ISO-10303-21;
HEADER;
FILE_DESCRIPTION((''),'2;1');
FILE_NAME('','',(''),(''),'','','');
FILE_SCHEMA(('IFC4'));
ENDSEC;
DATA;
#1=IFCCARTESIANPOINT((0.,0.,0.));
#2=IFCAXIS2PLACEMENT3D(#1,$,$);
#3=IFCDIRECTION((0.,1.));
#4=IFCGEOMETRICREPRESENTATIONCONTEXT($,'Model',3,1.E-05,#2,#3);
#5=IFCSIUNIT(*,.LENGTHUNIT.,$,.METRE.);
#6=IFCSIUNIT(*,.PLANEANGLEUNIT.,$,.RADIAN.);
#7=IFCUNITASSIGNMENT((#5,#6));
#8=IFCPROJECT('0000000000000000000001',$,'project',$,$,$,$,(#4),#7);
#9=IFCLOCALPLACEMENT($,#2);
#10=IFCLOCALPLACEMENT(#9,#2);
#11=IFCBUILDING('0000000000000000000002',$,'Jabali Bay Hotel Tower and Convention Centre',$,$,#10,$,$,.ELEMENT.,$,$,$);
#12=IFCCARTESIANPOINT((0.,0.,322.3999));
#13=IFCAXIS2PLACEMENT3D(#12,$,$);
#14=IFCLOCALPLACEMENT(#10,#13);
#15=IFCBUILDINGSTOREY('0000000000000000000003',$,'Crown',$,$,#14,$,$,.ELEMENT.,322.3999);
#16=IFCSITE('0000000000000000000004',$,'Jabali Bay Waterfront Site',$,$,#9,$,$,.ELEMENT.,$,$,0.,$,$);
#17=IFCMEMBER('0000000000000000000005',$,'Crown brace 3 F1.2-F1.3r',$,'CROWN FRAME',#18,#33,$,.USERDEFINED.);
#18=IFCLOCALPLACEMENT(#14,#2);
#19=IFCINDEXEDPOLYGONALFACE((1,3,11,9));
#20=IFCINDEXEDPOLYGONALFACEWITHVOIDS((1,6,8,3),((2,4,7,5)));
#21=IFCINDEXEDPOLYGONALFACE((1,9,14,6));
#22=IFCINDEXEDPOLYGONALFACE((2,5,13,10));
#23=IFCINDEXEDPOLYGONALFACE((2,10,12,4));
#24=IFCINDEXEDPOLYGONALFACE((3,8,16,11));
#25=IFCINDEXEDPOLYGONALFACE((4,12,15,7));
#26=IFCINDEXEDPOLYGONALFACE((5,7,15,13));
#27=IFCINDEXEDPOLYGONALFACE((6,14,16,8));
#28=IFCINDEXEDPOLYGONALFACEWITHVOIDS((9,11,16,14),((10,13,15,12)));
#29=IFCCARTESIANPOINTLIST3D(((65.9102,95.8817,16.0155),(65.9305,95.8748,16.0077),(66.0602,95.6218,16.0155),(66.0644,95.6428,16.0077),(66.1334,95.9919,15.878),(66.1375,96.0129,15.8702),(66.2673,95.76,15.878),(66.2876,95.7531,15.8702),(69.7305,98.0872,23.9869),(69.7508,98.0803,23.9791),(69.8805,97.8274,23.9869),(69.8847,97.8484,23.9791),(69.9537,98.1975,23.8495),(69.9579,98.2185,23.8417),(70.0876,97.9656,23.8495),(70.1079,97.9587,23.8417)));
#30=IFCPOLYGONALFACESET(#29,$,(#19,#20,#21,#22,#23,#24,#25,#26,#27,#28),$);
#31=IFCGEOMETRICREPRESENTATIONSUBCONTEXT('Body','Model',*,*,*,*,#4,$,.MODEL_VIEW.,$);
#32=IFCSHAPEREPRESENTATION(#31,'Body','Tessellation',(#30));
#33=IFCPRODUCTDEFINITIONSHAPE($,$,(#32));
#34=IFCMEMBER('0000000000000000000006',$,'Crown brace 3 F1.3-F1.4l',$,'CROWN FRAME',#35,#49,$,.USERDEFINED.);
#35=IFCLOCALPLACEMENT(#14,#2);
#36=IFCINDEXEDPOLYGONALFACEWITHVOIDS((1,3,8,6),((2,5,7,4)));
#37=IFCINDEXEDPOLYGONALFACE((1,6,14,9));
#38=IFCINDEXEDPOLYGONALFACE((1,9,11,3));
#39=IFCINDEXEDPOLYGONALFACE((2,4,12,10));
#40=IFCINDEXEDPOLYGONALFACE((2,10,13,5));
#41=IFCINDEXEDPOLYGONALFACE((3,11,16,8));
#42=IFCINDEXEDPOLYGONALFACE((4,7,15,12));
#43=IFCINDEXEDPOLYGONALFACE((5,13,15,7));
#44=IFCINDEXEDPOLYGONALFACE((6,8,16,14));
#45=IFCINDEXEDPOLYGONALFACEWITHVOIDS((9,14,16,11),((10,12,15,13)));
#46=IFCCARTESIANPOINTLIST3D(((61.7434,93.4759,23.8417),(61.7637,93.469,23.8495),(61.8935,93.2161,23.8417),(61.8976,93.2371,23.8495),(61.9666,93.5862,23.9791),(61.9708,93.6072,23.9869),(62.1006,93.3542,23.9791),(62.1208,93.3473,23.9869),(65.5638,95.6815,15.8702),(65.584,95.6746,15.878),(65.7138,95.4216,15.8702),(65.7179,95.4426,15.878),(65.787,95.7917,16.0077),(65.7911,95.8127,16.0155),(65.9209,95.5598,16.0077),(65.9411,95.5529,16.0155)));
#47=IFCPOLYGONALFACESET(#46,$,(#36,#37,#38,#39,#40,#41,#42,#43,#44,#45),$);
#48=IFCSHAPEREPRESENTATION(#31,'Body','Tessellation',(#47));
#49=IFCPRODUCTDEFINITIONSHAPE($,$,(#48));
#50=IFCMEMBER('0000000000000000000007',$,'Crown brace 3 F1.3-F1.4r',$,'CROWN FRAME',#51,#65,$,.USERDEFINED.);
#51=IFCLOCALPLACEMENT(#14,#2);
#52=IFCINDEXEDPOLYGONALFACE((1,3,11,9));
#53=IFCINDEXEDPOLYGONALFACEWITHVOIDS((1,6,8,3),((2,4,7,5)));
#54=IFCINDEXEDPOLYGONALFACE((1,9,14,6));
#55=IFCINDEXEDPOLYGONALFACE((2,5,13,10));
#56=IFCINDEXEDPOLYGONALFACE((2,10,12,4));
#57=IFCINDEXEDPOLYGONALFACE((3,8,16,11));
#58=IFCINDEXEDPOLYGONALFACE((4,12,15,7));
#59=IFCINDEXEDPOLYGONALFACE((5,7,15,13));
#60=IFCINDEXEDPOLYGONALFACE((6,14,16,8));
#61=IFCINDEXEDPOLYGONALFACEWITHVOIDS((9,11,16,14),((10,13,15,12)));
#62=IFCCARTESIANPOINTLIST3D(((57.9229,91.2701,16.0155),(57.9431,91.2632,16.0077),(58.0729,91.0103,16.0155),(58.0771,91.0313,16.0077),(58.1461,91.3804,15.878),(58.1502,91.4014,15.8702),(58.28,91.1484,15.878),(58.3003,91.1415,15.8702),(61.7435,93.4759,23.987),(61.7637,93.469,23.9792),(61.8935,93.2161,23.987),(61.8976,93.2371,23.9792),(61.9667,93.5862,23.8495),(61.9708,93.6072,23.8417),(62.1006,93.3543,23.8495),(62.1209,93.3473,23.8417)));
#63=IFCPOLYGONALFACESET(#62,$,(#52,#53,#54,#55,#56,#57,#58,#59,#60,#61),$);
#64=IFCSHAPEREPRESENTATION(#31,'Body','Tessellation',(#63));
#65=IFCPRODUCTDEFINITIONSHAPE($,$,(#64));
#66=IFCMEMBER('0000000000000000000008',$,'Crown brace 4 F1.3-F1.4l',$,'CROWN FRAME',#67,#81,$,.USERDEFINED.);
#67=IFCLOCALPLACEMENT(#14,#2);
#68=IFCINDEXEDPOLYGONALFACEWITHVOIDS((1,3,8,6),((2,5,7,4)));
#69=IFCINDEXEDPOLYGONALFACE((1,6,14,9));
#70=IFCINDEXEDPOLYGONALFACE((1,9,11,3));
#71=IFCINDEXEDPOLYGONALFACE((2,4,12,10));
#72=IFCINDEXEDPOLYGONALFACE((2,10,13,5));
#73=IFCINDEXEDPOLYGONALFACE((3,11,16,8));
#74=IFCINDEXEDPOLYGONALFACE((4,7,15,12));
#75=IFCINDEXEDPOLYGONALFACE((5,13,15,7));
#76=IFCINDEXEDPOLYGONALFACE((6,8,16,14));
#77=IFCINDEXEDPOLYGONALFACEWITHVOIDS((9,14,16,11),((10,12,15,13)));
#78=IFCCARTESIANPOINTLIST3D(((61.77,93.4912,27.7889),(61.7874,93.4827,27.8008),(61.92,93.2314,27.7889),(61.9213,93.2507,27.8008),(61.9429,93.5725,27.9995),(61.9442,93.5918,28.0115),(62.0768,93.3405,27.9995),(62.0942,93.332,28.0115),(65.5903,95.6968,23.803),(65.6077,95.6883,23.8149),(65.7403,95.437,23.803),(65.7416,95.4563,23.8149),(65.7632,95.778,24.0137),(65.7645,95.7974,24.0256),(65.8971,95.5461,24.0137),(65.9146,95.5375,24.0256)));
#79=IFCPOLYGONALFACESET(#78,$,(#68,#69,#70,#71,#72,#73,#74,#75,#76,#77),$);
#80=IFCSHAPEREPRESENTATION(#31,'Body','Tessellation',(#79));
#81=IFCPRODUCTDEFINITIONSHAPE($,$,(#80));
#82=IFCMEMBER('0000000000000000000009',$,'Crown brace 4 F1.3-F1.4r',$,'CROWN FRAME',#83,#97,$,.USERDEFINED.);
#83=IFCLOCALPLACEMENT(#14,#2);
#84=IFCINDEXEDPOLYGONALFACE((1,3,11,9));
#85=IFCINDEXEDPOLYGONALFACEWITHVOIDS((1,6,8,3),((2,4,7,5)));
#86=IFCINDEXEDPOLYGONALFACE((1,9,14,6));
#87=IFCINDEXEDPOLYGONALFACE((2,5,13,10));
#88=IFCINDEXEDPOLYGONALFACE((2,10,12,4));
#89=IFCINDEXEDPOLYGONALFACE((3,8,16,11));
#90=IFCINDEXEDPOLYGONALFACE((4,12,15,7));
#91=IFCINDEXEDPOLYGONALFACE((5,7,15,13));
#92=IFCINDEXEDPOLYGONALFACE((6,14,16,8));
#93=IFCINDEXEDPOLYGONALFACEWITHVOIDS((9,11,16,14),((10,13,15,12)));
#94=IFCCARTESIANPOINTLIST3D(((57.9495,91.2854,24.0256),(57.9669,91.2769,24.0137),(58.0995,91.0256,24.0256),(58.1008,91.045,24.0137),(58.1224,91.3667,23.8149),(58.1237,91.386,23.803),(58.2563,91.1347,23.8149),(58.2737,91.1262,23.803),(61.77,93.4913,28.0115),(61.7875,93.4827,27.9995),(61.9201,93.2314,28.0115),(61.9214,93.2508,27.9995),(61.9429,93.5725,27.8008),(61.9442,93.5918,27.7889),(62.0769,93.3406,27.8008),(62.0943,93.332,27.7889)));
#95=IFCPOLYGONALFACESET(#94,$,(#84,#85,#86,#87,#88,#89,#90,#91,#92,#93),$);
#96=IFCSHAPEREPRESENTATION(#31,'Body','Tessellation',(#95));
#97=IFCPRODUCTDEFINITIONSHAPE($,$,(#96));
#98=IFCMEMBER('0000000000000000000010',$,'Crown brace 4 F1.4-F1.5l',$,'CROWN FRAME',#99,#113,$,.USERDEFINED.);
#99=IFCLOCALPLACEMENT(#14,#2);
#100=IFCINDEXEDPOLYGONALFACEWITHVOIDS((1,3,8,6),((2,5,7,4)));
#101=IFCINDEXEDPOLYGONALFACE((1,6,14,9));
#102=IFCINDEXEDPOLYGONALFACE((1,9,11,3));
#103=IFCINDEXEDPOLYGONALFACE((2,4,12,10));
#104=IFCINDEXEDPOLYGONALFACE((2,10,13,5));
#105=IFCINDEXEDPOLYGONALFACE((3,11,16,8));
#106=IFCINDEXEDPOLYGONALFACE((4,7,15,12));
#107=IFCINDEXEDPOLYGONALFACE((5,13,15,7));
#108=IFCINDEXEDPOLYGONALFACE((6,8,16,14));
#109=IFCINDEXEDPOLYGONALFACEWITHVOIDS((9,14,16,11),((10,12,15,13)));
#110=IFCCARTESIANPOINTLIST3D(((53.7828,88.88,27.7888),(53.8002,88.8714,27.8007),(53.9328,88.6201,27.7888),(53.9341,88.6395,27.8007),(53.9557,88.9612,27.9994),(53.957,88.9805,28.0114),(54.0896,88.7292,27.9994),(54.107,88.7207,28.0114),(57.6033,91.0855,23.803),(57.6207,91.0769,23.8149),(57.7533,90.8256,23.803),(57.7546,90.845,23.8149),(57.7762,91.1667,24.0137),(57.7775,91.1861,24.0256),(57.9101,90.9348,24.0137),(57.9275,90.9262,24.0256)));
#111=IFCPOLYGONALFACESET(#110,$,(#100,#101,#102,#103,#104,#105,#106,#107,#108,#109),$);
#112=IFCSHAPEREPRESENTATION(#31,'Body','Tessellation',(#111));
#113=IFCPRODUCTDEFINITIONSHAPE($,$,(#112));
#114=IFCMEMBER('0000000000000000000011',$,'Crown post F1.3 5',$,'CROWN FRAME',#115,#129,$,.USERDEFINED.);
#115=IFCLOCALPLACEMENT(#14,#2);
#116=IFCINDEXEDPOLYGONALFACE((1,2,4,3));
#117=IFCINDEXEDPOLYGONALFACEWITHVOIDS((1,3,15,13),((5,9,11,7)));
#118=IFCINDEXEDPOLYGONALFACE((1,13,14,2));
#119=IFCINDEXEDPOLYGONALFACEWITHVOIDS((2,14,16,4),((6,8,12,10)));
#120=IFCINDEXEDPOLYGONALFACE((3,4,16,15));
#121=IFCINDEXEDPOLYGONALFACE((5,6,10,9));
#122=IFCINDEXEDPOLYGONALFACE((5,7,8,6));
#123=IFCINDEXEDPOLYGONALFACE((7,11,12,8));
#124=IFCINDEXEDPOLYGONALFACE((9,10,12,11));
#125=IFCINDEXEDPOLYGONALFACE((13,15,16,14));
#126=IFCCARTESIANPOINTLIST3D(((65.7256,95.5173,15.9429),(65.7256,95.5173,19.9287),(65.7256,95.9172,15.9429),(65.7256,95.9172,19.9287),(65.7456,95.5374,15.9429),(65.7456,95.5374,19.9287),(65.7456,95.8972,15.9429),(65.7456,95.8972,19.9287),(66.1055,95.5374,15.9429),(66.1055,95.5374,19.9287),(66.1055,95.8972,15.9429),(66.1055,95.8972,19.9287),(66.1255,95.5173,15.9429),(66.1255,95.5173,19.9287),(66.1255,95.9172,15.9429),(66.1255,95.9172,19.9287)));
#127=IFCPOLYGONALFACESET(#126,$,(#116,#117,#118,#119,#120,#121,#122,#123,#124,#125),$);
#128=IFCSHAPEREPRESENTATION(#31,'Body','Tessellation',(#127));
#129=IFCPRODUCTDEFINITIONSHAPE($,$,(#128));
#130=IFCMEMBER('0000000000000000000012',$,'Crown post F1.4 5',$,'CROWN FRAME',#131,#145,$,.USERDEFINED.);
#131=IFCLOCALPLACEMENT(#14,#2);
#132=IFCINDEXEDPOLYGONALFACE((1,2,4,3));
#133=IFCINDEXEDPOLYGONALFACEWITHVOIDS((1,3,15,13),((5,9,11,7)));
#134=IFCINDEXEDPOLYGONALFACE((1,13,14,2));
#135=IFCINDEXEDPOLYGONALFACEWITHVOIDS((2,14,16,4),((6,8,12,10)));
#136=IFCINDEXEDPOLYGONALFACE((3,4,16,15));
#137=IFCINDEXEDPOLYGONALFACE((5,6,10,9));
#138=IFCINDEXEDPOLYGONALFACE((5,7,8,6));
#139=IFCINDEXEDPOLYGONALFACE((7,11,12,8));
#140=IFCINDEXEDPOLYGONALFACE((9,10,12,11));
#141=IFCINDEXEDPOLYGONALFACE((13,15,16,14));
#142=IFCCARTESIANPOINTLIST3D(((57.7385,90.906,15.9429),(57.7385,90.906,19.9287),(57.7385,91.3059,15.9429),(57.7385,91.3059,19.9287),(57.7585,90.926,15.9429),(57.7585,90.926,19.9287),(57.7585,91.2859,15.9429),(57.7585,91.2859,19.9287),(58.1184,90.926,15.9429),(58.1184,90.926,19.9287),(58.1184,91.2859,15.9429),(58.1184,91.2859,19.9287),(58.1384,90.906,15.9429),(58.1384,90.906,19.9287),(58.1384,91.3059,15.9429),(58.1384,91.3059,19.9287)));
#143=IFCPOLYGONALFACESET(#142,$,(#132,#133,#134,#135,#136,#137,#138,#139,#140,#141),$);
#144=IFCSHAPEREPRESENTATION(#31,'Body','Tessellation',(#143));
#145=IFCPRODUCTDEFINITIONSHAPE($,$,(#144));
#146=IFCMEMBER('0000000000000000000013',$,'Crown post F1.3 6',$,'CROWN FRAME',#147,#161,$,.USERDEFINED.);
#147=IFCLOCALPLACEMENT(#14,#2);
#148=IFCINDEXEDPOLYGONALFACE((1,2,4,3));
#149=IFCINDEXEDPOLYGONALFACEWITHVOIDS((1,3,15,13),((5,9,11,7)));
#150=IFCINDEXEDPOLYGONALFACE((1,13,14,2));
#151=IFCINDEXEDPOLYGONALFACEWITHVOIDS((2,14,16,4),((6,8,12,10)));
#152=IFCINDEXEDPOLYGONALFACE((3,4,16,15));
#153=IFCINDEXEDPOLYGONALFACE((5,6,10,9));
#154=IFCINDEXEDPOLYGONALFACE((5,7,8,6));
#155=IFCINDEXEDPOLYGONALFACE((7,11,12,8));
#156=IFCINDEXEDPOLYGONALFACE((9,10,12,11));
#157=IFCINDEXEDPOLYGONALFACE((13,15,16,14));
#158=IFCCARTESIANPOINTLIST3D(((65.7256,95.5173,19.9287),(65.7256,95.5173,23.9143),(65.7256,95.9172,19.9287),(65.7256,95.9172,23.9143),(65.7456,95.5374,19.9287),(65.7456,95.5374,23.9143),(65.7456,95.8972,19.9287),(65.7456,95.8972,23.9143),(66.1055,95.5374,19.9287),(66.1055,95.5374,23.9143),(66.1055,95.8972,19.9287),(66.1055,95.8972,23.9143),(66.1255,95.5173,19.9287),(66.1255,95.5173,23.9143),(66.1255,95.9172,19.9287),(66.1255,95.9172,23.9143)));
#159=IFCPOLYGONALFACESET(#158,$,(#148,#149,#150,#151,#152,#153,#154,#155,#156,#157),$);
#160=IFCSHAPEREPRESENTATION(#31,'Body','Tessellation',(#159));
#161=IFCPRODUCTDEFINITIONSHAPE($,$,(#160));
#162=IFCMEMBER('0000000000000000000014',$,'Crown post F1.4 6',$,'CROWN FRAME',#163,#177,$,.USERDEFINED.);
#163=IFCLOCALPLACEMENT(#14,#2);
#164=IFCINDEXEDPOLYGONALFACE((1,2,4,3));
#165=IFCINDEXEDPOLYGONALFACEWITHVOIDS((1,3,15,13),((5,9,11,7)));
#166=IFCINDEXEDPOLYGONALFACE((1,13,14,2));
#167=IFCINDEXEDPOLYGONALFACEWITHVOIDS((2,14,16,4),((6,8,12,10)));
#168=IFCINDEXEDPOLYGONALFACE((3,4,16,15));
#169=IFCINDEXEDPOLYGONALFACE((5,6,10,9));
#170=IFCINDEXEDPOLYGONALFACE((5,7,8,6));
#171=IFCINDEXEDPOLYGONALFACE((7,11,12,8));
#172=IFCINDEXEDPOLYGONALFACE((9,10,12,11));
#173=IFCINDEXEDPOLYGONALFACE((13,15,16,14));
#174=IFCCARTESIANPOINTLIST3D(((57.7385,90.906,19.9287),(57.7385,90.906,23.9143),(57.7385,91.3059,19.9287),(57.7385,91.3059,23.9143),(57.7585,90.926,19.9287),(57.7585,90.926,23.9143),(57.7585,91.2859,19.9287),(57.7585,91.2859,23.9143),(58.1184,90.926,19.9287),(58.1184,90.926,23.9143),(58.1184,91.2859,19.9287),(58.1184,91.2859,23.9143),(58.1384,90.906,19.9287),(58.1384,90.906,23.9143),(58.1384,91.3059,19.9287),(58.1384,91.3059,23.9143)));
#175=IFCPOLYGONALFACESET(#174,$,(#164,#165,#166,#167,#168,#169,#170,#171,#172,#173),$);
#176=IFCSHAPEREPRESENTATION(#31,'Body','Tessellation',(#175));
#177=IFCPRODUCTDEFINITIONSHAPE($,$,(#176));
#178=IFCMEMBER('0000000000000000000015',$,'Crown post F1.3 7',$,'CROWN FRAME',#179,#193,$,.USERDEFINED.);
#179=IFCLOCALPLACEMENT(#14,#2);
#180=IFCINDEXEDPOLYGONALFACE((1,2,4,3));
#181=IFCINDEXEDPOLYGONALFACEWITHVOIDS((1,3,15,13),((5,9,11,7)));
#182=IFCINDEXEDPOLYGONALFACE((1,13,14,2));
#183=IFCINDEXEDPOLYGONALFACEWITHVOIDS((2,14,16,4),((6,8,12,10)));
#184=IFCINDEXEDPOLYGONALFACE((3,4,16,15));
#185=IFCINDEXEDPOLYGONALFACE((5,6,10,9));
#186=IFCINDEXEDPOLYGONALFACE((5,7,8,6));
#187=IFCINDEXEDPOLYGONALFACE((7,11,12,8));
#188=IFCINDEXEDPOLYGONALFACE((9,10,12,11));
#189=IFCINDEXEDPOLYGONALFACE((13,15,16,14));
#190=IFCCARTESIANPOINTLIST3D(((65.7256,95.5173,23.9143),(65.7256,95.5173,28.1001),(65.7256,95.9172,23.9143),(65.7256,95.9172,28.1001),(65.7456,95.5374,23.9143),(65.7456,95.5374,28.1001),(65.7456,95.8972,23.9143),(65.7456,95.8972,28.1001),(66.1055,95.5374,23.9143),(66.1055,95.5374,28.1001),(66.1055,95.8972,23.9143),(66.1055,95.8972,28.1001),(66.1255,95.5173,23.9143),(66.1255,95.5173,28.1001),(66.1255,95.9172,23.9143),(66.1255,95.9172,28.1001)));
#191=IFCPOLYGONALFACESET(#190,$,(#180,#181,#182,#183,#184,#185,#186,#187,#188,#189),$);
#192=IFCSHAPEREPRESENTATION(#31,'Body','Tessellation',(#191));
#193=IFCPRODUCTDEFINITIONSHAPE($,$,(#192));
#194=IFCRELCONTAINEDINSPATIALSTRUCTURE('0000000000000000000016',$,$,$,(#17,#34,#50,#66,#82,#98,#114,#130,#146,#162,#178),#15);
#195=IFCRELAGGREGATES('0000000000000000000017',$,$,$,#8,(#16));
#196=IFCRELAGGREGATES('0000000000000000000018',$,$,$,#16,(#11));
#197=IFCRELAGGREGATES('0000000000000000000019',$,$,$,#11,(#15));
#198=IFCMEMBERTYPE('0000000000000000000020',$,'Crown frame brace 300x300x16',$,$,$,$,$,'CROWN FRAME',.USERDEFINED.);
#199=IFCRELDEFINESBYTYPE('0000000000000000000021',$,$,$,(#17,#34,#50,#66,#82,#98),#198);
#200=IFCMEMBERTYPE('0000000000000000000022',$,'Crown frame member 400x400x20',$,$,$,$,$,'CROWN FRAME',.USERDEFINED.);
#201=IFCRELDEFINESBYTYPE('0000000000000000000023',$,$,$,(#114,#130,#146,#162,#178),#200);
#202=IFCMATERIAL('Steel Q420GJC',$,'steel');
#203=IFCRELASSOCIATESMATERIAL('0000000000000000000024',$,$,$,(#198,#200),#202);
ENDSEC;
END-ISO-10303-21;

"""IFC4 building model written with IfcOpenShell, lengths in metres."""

from ifc_helpers import new_model, si_unit, direction, frame, origin, origin_2d, place, context, subcontext, project, spatial, hollow_rectangle, extrude, material, material_profile, profile_set, type_object, element, save


model = new_model("IFC4")

# Units and contexts
model_context = context("Model", 3, precision=1e-05, world=origin(), true_north=direction((0.0, 1.0)))
body_context = subcontext(model_context, "Body", "Model", "MODEL_VIEW")
ifc_project = project(units=[si_unit("LENGTHUNIT", "METRE"), si_unit("PLANEANGLEUNIT", "RADIAN")], contexts=[model_context])

# Site, building, storey
site_placement = place(None, origin())
site = spatial("IfcSite", under=ifc_project, at=site_placement, Name="Jabali Bay Waterfront Site", CompositionType="ELEMENT", RefElevation=0.0)
building_placement = place(site_placement, origin())
building = spatial("IfcBuilding", under=site, at=building_placement, Name="Jabali Bay Hotel Tower and Convention Centre", CompositionType="ELEMENT")
storey_placement = place(building_placement, frame((0.0, 0.0, 322.3999)))
storey = spatial("IfcBuildingStorey", under=building, at=storey_placement, Name="Crown", CompositionType="ELEMENT", Elevation=322.3999)

# Members
ifc_material_1 = material(Name="Steel Q420GJC", Category="steel")
ifc_material_profile_1 = material_profile(ifc_material_1, hollow_rectangle(XDim=0.3, YDim=0.3, WallThickness=0.0161, at=origin_2d()), Name="Crown frame brace 300x300x16")
ifc_profile_set_1 = profile_set([ifc_material_profile_1], Name="Steel Q420GJC")
member_type_1 = type_object("IfcMemberType", Name="Crown frame brace 300x300x16", ElementType="CROWN FRAME", PredefinedType="USERDEFINED", material=ifc_profile_set_1)
for number, where, z_axis, x_axis, name in (
    (1, (66.0989, 95.8174, 15.9429), (0.419326, 0.242088, 0.874962), (-0.499984, 0.866034, 0.0), "Crown brace 3 F1.2-F1.3r"),
    (2, (65.7524, 95.6172, 15.9429), (-0.419326, -0.242088, 0.874962), (0.499984, -0.866034, 0.0), "Crown brace 3 F1.3-F1.4l"),
):
    element("IfcMember", number, at=place(storey_placement, frame(where, z_axis=z_axis, x_axis=x_axis)), inside=storey, type_object=member_type_1, Name=name, ObjectType="CROWN FRAME", PredefinedType="USERDEFINED", context=body_context, shape_type="SweptSolid", body=[
        extrude(hollow_rectangle(XDim=0.3, YDim=0.3, WallThickness=0.0161, at=origin_2d()), origin(), (0.0, 0.0, 1.0), 9.1106),
    ])
member_1_placement = place(storey_placement, frame((58.1116, 91.2058, 15.9429), z_axis=(0.419345, 0.24211, 0.874947), x_axis=(-0.500002, 0.866024, 0.0)))
element("IfcMember", 3, at=member_1_placement, inside=storey, type_object=member_type_1, Name="Crown brace 3 F1.3-F1.4r", ObjectType="CROWN FRAME", PredefinedType="USERDEFINED", context=body_context, shape_type="SweptSolid", body=[
    extrude(hollow_rectangle(XDim=0.3, YDim=0.3, WallThickness=0.0161, at=origin_2d()), origin(), (0.0, 0.0, 1.0), 9.1108),
])
member_2_placement = place(storey_placement, frame((65.7524, 95.6172, 23.9143), z_axis=(-0.64258, -0.370978, 0.670422), x_axis=(0.499984, -0.866034, 0.0)))
element("IfcMember", 4, at=member_2_placement, inside=storey, type_object=member_type_1, Name="Crown brace 4 F1.3-F1.4l", ObjectType="CROWN FRAME", PredefinedType="USERDEFINED", context=body_context, shape_type="SweptSolid", body=[
    extrude(hollow_rectangle(XDim=0.3, YDim=0.3, WallThickness=0.0161, at=origin_2d()), origin(), (0.0, 0.0, 1.0), 5.9453),
])
member_3_placement = place(storey_placement, frame((58.1116, 91.2058, 23.9143), z_axis=(0.642595, 0.371004, 0.670394), x_axis=(-0.500002, 0.866024, 0.0)))
element("IfcMember", 5, at=member_3_placement, inside=storey, type_object=member_type_1, Name="Crown brace 4 F1.3-F1.4r", ObjectType="CROWN FRAME", PredefinedType="USERDEFINED", context=body_context, shape_type="SweptSolid", body=[
    extrude(hollow_rectangle(XDim=0.3, YDim=0.3, WallThickness=0.0161, at=origin_2d()), origin(), (0.0, 0.0, 1.0), 5.9456),
])
member_4_placement = place(storey_placement, frame((57.7654, 91.0059, 23.9143), z_axis=(-0.642604, -0.370969, 0.670404), x_axis=(0.49996, -0.866048, 0.0)))
element("IfcMember", 6, at=member_4_placement, inside=storey, type_object=member_type_1, Name="Crown brace 4 F1.4-F1.5l", ObjectType="CROWN FRAME", PredefinedType="USERDEFINED", context=body_context, shape_type="SweptSolid", body=[
    extrude(hollow_rectangle(XDim=0.3, YDim=0.3, WallThickness=0.0161, at=origin_2d()), origin(), (0.0, 0.0, 1.0), 5.9453),
])
ifc_material_profile_2 = material_profile(ifc_material_1, hollow_rectangle(XDim=0.3999, YDim=0.3999, WallThickness=0.02, at=origin_2d()), Name="Crown frame member 400x400x20")
ifc_profile_set_2 = profile_set([ifc_material_profile_2], Name="Steel Q420GJC")
member_type_2 = type_object("IfcMemberType", Name="Crown frame member 400x400x20", ElementType="CROWN FRAME", PredefinedType="USERDEFINED", material=ifc_profile_set_2)
for number, where, z_axis, x_axis, name in (
    (7, (65.9255, 95.7173, 15.9429), (0.0, 0.0, 1.0), (1.0, 0.0, 0.0), "Crown post F1.3 5"),
    (8, (57.9385, 91.106, 15.9429), (0.0, 0.0, 1.0), (1.0, 0.0, 0.0), "Crown post F1.4 5"),
):
    element("IfcMember", number, at=place(storey_placement, frame(where, z_axis=z_axis, x_axis=x_axis)), inside=storey, type_object=member_type_2, Name=name, ObjectType="CROWN FRAME", PredefinedType="USERDEFINED", context=body_context, shape_type="SweptSolid", body=[
        extrude(hollow_rectangle(XDim=0.3999, YDim=0.3999, WallThickness=0.02, at=origin_2d()), origin(), (0.0, 0.0, 1.0), 3.9858),
    ])
for number, where, z_axis, x_axis, name in (
    (9, (65.9255, 95.7173, 19.9287), (0.0, 0.0, 1.0), (1.0, 0.0, 0.0), "Crown post F1.3 6"),
    (10, (57.9385, 91.106, 19.9287), (0.0, 0.0, 1.0), (1.0, 0.0, 0.0), "Crown post F1.4 6"),
):
    element("IfcMember", number, at=place(storey_placement, frame(where, z_axis=z_axis, x_axis=x_axis)), inside=storey, type_object=member_type_2, Name=name, ObjectType="CROWN FRAME", PredefinedType="USERDEFINED", context=body_context, shape_type="SweptSolid", body=[
        extrude(hollow_rectangle(XDim=0.3999, YDim=0.3999, WallThickness=0.02, at=origin_2d()), origin(), (0.0, 0.0, 1.0), 3.9856),
    ])
for number, where, z_axis, x_axis, name in (
    (11, (65.9255, 95.7173, 23.9143), (0.0, 0.0, 1.0), (1.0, 0.0, 0.0), "Crown post F1.3 7"),
):
    element("IfcMember", number, at=place(storey_placement, frame(where, z_axis=z_axis, x_axis=x_axis)), inside=storey, type_object=member_type_2, Name=name, ObjectType="CROWN FRAME", PredefinedType="USERDEFINED", context=body_context, shape_type="SweptSolid", body=[
        extrude(hollow_rectangle(XDim=0.3999, YDim=0.3999, WallThickness=0.02, at=origin_2d()), origin(), (0.0, 0.0, 1.0), 4.1858),
    ])

save(model, "model.ifc")
